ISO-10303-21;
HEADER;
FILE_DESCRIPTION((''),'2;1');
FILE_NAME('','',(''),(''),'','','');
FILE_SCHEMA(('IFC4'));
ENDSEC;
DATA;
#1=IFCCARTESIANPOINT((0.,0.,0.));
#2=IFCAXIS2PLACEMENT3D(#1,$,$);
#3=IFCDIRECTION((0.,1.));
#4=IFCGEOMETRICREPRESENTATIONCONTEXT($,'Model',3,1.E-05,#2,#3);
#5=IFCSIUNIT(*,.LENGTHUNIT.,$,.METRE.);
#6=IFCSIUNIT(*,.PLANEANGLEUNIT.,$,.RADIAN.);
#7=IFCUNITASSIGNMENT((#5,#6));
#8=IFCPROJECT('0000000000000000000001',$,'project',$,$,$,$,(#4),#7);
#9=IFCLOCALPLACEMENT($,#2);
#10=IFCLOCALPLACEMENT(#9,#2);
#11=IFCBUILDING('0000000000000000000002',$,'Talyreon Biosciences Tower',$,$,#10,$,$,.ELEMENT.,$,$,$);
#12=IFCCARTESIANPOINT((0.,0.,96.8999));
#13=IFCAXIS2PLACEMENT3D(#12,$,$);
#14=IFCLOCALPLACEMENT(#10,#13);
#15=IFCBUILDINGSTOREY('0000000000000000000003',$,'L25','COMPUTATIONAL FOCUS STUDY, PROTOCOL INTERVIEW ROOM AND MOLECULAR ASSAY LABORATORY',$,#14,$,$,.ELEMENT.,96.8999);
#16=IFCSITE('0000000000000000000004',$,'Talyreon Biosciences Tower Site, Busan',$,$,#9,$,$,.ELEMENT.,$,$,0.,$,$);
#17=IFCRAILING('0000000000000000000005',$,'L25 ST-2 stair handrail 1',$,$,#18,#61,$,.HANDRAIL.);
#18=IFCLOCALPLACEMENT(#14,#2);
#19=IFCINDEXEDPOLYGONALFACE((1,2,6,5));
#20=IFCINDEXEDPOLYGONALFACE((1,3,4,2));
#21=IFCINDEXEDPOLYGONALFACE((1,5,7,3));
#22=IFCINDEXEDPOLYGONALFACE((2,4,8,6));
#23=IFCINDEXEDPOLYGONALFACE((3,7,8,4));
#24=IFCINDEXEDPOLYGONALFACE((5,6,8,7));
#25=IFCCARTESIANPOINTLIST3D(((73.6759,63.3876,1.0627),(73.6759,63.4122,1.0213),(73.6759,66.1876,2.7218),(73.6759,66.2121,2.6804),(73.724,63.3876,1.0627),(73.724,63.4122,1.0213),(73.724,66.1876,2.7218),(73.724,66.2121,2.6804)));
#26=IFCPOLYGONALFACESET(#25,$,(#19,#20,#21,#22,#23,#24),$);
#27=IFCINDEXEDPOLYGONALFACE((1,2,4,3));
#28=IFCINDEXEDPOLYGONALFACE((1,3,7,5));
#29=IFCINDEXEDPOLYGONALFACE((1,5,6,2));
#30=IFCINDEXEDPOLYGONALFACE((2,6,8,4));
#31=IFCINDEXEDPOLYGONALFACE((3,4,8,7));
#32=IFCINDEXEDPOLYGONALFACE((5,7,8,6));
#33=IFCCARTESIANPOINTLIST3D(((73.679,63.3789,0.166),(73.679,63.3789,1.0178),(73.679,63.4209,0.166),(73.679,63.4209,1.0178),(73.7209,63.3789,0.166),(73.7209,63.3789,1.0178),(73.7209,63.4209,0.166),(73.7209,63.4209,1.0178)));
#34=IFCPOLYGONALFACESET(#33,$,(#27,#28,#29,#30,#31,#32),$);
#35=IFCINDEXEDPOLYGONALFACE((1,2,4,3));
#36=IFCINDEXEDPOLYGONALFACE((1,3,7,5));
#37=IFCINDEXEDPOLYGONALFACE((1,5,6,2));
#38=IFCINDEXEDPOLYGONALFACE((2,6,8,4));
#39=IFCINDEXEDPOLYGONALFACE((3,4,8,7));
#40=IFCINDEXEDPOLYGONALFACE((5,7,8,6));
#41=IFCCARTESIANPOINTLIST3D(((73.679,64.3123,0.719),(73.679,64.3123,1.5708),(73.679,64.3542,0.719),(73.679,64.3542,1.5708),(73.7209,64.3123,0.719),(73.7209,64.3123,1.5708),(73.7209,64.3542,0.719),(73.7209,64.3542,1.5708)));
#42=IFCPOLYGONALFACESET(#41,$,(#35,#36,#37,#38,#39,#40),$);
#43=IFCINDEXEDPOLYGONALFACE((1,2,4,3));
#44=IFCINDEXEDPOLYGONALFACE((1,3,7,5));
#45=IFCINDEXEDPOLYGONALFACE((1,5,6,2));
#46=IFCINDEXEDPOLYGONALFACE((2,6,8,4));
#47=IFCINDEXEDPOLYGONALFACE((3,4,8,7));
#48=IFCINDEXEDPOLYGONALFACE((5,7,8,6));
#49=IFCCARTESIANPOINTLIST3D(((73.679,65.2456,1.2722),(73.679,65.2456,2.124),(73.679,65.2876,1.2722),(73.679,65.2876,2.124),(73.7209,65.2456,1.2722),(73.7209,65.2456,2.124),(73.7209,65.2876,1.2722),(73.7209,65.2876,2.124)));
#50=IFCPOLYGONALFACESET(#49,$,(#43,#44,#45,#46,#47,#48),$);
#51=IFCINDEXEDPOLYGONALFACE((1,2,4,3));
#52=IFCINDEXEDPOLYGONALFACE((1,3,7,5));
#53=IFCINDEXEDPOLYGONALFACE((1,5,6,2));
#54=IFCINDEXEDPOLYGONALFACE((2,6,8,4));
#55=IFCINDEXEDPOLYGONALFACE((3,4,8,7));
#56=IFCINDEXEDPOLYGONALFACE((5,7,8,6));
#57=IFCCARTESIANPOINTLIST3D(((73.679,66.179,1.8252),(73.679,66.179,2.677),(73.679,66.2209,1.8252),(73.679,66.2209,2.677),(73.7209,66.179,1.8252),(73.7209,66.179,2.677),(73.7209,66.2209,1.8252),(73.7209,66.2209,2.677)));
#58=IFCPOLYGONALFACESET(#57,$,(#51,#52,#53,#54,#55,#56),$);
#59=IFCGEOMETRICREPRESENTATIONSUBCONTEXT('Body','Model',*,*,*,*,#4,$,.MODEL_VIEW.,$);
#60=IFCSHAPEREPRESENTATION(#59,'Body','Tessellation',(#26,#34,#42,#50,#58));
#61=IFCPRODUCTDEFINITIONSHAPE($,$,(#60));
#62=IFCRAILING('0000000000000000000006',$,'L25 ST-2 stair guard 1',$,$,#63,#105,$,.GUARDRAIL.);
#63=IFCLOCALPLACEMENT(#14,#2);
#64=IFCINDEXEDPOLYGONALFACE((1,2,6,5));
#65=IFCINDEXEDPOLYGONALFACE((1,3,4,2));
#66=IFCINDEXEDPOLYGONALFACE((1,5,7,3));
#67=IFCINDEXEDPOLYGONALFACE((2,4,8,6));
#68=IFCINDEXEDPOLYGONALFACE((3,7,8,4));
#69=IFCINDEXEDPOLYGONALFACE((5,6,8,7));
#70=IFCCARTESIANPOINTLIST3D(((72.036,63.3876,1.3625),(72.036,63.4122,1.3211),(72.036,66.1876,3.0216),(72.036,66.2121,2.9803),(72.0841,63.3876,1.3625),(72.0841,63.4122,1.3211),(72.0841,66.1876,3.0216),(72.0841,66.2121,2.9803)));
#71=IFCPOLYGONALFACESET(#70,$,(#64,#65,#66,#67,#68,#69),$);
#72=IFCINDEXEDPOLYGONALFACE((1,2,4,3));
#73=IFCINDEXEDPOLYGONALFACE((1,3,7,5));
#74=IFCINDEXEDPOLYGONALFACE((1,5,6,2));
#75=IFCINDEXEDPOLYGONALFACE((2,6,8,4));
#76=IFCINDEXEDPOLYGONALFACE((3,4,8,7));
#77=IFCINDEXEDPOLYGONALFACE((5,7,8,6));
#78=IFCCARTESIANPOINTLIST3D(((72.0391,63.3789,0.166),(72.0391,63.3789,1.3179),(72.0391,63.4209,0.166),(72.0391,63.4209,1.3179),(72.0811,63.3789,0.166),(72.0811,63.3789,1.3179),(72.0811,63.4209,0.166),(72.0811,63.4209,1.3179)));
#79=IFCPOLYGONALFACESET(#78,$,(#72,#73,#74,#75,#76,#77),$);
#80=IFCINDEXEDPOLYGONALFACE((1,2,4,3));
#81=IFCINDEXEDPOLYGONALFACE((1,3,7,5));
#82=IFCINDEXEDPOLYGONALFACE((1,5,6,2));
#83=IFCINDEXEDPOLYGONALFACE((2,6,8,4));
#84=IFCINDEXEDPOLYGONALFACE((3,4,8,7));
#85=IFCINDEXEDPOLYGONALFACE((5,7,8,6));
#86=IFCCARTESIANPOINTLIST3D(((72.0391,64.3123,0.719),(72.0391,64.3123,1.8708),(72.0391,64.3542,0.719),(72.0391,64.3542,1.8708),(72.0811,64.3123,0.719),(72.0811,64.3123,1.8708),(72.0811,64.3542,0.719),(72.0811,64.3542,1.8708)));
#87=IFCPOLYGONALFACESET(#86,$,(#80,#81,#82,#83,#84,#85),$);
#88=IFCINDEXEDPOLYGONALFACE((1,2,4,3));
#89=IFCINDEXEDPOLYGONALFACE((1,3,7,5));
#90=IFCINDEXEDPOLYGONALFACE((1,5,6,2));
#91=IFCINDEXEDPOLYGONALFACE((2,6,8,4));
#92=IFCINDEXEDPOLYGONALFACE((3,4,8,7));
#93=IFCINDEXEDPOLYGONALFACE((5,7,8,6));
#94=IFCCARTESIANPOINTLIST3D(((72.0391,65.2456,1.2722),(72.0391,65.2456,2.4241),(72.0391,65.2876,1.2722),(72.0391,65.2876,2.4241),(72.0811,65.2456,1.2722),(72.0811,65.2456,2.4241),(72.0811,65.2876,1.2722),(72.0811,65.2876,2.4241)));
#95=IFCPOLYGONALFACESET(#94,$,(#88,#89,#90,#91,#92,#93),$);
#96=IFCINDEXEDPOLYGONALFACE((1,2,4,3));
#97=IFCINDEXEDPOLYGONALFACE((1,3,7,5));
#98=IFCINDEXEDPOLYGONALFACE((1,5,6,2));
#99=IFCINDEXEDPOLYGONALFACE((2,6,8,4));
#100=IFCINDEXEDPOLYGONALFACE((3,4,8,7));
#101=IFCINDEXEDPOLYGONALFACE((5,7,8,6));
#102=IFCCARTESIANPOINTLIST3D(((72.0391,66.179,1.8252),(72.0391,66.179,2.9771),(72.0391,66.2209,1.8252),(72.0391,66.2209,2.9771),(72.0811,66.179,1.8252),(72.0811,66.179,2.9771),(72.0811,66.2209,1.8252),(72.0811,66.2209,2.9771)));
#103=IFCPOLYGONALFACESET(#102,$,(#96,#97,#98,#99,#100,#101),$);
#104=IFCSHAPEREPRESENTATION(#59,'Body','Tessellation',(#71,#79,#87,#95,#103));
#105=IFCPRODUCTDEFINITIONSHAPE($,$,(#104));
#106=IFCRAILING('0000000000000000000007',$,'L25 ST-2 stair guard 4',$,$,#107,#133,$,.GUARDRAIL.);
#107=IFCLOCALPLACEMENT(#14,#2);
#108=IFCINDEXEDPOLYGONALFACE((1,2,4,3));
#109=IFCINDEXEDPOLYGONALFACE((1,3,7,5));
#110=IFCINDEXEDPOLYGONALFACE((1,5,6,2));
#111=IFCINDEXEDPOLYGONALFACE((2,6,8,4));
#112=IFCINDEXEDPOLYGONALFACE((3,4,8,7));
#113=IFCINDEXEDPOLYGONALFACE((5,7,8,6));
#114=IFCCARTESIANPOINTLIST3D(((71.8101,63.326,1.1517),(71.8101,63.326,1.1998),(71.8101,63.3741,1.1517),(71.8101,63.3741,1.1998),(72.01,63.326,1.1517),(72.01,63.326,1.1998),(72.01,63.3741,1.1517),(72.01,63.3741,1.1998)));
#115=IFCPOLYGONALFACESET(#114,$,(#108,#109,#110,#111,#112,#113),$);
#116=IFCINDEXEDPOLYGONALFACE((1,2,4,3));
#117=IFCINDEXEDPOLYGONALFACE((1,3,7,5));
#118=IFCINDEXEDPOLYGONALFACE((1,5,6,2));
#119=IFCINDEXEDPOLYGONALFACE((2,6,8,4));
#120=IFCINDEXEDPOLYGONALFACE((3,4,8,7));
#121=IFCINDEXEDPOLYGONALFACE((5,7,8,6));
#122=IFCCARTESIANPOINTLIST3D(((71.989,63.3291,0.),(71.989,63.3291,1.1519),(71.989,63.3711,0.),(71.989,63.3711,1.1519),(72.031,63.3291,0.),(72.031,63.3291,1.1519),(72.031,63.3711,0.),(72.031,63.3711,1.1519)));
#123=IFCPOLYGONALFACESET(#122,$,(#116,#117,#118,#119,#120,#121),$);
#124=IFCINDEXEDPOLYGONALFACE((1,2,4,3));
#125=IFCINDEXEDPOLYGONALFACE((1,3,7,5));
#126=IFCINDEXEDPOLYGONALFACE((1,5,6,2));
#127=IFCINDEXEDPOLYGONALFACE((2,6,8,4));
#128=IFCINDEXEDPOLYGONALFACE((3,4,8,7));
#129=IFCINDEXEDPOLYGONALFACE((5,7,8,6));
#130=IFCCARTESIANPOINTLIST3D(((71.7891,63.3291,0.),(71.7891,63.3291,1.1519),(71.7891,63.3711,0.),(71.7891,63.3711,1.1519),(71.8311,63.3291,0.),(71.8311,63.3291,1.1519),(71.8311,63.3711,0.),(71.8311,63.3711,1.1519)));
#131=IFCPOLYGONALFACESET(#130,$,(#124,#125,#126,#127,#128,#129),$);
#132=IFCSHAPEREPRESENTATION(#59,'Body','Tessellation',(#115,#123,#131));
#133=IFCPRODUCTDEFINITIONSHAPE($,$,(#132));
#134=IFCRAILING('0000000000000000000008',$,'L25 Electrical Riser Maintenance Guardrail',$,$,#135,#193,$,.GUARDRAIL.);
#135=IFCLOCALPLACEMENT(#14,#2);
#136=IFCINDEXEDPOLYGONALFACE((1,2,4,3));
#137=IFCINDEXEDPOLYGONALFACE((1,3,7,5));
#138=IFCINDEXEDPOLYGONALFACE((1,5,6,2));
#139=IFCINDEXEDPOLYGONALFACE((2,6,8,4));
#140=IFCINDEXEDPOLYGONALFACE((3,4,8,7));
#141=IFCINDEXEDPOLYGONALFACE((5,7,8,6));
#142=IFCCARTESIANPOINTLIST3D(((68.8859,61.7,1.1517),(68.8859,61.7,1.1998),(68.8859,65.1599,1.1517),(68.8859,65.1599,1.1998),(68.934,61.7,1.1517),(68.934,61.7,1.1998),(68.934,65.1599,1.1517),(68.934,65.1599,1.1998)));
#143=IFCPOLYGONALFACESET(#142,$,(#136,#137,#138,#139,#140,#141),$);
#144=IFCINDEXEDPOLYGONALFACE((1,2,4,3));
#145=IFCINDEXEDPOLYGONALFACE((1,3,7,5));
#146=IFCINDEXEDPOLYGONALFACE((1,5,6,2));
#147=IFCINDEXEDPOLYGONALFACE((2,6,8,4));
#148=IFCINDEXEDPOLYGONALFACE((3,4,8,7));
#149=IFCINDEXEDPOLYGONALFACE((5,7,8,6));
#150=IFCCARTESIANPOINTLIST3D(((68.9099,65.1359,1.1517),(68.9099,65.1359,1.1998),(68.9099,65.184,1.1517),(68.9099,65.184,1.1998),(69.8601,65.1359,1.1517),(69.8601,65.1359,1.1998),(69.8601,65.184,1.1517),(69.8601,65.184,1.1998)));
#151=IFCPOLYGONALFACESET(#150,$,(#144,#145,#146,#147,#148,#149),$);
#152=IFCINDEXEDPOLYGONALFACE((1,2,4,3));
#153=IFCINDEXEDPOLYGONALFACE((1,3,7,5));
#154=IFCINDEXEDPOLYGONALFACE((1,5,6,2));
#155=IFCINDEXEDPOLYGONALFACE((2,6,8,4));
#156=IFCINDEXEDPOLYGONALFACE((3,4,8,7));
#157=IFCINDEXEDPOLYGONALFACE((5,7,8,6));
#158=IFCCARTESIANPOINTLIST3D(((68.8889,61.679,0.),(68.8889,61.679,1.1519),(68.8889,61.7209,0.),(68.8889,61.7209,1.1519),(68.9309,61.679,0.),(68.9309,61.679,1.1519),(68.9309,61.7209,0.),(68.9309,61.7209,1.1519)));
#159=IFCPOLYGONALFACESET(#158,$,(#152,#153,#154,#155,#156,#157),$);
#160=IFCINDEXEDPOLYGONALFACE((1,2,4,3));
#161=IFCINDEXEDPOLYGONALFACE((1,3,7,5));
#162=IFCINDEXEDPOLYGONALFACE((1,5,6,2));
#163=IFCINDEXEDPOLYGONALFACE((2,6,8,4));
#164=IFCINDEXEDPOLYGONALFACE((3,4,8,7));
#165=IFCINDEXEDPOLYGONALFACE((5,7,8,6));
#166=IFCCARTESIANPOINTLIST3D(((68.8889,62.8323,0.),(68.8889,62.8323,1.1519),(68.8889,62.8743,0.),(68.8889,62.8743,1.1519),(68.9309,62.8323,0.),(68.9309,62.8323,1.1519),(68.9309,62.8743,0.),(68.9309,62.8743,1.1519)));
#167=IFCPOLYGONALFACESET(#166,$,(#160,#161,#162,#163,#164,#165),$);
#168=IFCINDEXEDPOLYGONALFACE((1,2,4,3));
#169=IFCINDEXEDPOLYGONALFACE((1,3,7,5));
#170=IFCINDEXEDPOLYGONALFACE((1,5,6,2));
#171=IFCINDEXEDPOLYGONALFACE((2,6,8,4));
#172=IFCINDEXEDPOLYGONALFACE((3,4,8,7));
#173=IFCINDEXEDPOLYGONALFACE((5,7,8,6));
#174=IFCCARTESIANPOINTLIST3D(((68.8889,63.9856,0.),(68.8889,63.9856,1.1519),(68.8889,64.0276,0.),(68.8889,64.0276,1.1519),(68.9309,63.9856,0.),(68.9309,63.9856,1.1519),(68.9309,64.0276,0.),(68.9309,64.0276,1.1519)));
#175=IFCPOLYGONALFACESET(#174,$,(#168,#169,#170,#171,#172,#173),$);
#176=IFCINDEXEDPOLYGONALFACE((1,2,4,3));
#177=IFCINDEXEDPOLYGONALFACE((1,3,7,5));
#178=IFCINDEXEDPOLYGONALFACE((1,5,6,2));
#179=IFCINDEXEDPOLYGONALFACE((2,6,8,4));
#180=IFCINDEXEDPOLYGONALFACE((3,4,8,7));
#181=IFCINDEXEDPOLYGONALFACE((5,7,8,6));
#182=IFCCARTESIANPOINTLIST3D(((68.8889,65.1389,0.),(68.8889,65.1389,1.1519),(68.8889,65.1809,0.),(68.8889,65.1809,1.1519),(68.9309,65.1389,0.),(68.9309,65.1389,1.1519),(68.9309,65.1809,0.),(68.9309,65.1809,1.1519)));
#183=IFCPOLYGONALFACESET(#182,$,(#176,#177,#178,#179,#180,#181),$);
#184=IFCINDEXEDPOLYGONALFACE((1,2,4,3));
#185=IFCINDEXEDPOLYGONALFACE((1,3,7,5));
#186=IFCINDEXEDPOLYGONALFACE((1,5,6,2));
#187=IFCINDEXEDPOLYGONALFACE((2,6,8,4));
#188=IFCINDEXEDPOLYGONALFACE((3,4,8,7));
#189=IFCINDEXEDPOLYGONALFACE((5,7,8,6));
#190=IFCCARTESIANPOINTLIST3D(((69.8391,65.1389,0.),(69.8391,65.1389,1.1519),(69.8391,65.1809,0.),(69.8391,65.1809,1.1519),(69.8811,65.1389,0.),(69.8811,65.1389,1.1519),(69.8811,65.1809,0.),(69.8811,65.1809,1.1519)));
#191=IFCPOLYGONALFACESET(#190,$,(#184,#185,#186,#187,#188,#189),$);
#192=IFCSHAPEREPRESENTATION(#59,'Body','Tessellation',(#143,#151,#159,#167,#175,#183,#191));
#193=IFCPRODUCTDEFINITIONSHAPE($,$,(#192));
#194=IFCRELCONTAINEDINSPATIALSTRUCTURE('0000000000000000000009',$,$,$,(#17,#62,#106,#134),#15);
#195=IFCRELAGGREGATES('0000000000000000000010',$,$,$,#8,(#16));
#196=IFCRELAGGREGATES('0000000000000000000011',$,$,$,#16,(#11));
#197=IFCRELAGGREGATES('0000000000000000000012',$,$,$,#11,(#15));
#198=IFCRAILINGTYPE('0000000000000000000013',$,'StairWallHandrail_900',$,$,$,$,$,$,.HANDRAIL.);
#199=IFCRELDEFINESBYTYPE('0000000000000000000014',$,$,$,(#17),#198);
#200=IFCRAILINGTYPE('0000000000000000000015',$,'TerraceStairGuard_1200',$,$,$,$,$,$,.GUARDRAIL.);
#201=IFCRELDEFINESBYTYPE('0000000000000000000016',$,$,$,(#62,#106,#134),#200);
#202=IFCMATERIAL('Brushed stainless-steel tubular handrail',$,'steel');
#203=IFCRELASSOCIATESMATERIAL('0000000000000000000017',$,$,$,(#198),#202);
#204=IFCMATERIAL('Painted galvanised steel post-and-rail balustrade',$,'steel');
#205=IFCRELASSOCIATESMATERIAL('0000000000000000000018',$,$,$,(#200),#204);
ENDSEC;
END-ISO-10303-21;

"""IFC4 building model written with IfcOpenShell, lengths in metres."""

from ifc_helpers import new_model, si_unit, direction, frame, origin, origin_2d, place, context, subcontext, project, spatial, rectangle, extrude, material, type_object, element, save


model = new_model("IFC4")

# Units and contexts
model_context = context("Model", 3, precision=1e-05, world=origin(), true_north=direction((0.0, 1.0)))
body_context = subcontext(model_context, "Body", "Model", "MODEL_VIEW")
ifc_project = project(units=[si_unit("LENGTHUNIT", "METRE"), si_unit("PLANEANGLEUNIT", "RADIAN")], contexts=[model_context])

# Site, building, storey
site_placement = place(None, origin())
site = spatial("IfcSite", under=ifc_project, at=site_placement, Name="Talyreon Biosciences Tower Site, Busan", CompositionType="ELEMENT", RefElevation=0.0)
building_placement = place(site_placement, origin())
building = spatial("IfcBuilding", under=site, at=building_placement, Name="Talyreon Biosciences Tower", CompositionType="ELEMENT")
storey_placement = place(building_placement, frame((0.0, 0.0, 96.8999)))
storey = spatial("IfcBuildingStorey", under=building, at=storey_placement, Name="L25", Description="COMPUTATIONAL FOCUS STUDY, PROTOCOL INTERVIEW ROOM AND MOLECULAR ASSAY LABORATORY", CompositionType="ELEMENT", Elevation=96.8999)

# Railings
ifc_material_1 = material(Name="Brushed stainless-steel tubular handrail", Category="steel")
railing_type_1 = type_object("IfcRailingType", Name="StairWallHandrail_900", PredefinedType="HANDRAIL", material=ifc_material_1)
railing_1_placement = place(storey_placement, frame((73.7, 63.3999, 0.166)))
element("IfcRailing", 1, at=railing_1_placement, inside=storey, type_object=railing_type_1, Name="L25 ST-2 stair handrail 1", PredefinedType="HANDRAIL", context=body_context, shape_type="SweptSolid", body=[
    extrude(rectangle(XDim=0.0481, YDim=0.0481, at=origin_2d()), frame((0.0, 0.0, 0.876), z_axis=(0.0, 0.860306, 0.509778), x_axis=(-1.0, 0.0, 0.0)), (0.0, 0.0, 1.0), 3.2546),
    extrude(rectangle(XDim=0.042, YDim=0.042, at=origin_2d()), origin(), (0.0, 0.0, 1.0), 0.8518),
    extrude(rectangle(XDim=0.042, YDim=0.042, at=origin_2d()), frame((0.0, 0.9333, 0.553)), (0.0, 0.0, 1.0), 0.8518),
    extrude(rectangle(XDim=0.042, YDim=0.042, at=origin_2d()), frame((0.0, 1.8667, 1.1062)), (0.0, 0.0, 1.0), 0.8518),
    extrude(rectangle(XDim=0.042, YDim=0.042, at=origin_2d()), frame((0.0, 2.8, 1.6592)), (0.0, 0.0, 1.0), 0.8518),
])
ifc_material_2 = material(Name="Painted galvanised steel post-and-rail balustrade", Category="steel")
railing_type_2 = type_object("IfcRailingType", Name="TerraceStairGuard_1200", PredefinedType="GUARDRAIL", material=ifc_material_2)
railing_2_placement = place(storey_placement, frame((72.0601, 63.3999, 0.166)))
element("IfcRailing", 2, at=railing_2_placement, inside=storey, type_object=railing_type_2, Name="L25 ST-2 stair guard 1", PredefinedType="GUARDRAIL", context=body_context, shape_type="SweptSolid", body=[
    extrude(rectangle(XDim=0.0481, YDim=0.0481, at=origin_2d()), frame((0.0, 0.0, 1.1758), z_axis=(0.0, 0.860306, 0.509778), x_axis=(-1.0, 0.0, 0.0)), (0.0, 0.0, 1.0), 3.2546),
    extrude(rectangle(XDim=0.042, YDim=0.042, at=origin_2d()), origin(), (0.0, 0.0, 1.0), 1.1519),
    extrude(rectangle(XDim=0.042, YDim=0.042, at=origin_2d()), frame((0.0, 0.9333, 0.553)), (0.0, 0.0, 1.0), 1.1519),
    extrude(rectangle(XDim=0.042, YDim=0.042, at=origin_2d()), frame((0.0, 1.8667, 1.1062)), (0.0, 0.0, 1.0), 1.1519),
    extrude(rectangle(XDim=0.042, YDim=0.042, at=origin_2d()), frame((0.0, 2.8, 1.6592)), (0.0, 0.0, 1.0), 1.1519),
])
railing_3_placement = place(storey_placement, frame((72.01, 63.3501, 0.0)))
element("IfcRailing", 3, at=railing_3_placement, inside=storey, type_object=railing_type_2, Name="L25 ST-2 stair guard 4", PredefinedType="GUARDRAIL", context=body_context, shape_type="SweptSolid", body=[
    extrude(rectangle(XDim=0.0481, YDim=0.0481, at=origin_2d()), frame((0.0, 0.0, 1.1758), z_axis=(-1.0, 0.0, 0.0), x_axis=(0.0, -1.0, 0.0)), (0.0, 0.0, 1.0), 0.2),
    extrude(rectangle(XDim=0.042, YDim=0.042, at=origin_2d()), origin(), (0.0, 0.0, 1.0), 1.1519),
    extrude(rectangle(XDim=0.042, YDim=0.042, at=origin_2d()), frame((-0.2, 0.0, 0.0)), (0.0, 0.0, 1.0), 1.1519),
])
railing_4_placement = place(storey_placement, frame((68.9099, 61.7, 0.0)))
element("IfcRailing", 4, at=railing_4_placement, inside=storey, type_object=railing_type_2, Name="L25 Electrical Riser Maintenance Guardrail", PredefinedType="GUARDRAIL", context=body_context, shape_type="SweptSolid", body=[
    extrude(rectangle(XDim=0.0481, YDim=0.0481, at=origin_2d()), frame((0.0, 0.0, 1.1758), z_axis=(0.0, 1.0, 0.0), x_axis=(-1.0, 0.0, 0.0)), (0.0, 0.0, 1.0), 3.46),
    extrude(rectangle(XDim=0.0481, YDim=0.0481, at=origin_2d()), frame((0.0, 3.46, 1.1758), z_axis=(1.0, 0.0, 0.0), x_axis=(0.0, 1.0, 0.0)), (0.0, 0.0, 1.0), 0.9502),
    extrude(rectangle(XDim=0.042, YDim=0.042, at=origin_2d()), origin(), (0.0, 0.0, 1.0), 1.1519),
    extrude(rectangle(XDim=0.042, YDim=0.042, at=origin_2d()), frame((0.0, 1.1533, 0.0)), (0.0, 0.0, 1.0), 1.1519),
    extrude(rectangle(XDim=0.042, YDim=0.042, at=origin_2d()), frame((0.0, 2.3066, 0.0)), (0.0, 0.0, 1.0), 1.1519),
    extrude(rectangle(XDim=0.042, YDim=0.042, at=origin_2d()), frame((0.0, 3.46, 0.0)), (0.0, 0.0, 1.0), 1.1519),
    extrude(rectangle(XDim=0.042, YDim=0.042, at=origin_2d()), frame((0.9502, 3.46, 0.0)), (0.0, 0.0, 1.0), 1.1519),
])

save(model, "model.ifc")
